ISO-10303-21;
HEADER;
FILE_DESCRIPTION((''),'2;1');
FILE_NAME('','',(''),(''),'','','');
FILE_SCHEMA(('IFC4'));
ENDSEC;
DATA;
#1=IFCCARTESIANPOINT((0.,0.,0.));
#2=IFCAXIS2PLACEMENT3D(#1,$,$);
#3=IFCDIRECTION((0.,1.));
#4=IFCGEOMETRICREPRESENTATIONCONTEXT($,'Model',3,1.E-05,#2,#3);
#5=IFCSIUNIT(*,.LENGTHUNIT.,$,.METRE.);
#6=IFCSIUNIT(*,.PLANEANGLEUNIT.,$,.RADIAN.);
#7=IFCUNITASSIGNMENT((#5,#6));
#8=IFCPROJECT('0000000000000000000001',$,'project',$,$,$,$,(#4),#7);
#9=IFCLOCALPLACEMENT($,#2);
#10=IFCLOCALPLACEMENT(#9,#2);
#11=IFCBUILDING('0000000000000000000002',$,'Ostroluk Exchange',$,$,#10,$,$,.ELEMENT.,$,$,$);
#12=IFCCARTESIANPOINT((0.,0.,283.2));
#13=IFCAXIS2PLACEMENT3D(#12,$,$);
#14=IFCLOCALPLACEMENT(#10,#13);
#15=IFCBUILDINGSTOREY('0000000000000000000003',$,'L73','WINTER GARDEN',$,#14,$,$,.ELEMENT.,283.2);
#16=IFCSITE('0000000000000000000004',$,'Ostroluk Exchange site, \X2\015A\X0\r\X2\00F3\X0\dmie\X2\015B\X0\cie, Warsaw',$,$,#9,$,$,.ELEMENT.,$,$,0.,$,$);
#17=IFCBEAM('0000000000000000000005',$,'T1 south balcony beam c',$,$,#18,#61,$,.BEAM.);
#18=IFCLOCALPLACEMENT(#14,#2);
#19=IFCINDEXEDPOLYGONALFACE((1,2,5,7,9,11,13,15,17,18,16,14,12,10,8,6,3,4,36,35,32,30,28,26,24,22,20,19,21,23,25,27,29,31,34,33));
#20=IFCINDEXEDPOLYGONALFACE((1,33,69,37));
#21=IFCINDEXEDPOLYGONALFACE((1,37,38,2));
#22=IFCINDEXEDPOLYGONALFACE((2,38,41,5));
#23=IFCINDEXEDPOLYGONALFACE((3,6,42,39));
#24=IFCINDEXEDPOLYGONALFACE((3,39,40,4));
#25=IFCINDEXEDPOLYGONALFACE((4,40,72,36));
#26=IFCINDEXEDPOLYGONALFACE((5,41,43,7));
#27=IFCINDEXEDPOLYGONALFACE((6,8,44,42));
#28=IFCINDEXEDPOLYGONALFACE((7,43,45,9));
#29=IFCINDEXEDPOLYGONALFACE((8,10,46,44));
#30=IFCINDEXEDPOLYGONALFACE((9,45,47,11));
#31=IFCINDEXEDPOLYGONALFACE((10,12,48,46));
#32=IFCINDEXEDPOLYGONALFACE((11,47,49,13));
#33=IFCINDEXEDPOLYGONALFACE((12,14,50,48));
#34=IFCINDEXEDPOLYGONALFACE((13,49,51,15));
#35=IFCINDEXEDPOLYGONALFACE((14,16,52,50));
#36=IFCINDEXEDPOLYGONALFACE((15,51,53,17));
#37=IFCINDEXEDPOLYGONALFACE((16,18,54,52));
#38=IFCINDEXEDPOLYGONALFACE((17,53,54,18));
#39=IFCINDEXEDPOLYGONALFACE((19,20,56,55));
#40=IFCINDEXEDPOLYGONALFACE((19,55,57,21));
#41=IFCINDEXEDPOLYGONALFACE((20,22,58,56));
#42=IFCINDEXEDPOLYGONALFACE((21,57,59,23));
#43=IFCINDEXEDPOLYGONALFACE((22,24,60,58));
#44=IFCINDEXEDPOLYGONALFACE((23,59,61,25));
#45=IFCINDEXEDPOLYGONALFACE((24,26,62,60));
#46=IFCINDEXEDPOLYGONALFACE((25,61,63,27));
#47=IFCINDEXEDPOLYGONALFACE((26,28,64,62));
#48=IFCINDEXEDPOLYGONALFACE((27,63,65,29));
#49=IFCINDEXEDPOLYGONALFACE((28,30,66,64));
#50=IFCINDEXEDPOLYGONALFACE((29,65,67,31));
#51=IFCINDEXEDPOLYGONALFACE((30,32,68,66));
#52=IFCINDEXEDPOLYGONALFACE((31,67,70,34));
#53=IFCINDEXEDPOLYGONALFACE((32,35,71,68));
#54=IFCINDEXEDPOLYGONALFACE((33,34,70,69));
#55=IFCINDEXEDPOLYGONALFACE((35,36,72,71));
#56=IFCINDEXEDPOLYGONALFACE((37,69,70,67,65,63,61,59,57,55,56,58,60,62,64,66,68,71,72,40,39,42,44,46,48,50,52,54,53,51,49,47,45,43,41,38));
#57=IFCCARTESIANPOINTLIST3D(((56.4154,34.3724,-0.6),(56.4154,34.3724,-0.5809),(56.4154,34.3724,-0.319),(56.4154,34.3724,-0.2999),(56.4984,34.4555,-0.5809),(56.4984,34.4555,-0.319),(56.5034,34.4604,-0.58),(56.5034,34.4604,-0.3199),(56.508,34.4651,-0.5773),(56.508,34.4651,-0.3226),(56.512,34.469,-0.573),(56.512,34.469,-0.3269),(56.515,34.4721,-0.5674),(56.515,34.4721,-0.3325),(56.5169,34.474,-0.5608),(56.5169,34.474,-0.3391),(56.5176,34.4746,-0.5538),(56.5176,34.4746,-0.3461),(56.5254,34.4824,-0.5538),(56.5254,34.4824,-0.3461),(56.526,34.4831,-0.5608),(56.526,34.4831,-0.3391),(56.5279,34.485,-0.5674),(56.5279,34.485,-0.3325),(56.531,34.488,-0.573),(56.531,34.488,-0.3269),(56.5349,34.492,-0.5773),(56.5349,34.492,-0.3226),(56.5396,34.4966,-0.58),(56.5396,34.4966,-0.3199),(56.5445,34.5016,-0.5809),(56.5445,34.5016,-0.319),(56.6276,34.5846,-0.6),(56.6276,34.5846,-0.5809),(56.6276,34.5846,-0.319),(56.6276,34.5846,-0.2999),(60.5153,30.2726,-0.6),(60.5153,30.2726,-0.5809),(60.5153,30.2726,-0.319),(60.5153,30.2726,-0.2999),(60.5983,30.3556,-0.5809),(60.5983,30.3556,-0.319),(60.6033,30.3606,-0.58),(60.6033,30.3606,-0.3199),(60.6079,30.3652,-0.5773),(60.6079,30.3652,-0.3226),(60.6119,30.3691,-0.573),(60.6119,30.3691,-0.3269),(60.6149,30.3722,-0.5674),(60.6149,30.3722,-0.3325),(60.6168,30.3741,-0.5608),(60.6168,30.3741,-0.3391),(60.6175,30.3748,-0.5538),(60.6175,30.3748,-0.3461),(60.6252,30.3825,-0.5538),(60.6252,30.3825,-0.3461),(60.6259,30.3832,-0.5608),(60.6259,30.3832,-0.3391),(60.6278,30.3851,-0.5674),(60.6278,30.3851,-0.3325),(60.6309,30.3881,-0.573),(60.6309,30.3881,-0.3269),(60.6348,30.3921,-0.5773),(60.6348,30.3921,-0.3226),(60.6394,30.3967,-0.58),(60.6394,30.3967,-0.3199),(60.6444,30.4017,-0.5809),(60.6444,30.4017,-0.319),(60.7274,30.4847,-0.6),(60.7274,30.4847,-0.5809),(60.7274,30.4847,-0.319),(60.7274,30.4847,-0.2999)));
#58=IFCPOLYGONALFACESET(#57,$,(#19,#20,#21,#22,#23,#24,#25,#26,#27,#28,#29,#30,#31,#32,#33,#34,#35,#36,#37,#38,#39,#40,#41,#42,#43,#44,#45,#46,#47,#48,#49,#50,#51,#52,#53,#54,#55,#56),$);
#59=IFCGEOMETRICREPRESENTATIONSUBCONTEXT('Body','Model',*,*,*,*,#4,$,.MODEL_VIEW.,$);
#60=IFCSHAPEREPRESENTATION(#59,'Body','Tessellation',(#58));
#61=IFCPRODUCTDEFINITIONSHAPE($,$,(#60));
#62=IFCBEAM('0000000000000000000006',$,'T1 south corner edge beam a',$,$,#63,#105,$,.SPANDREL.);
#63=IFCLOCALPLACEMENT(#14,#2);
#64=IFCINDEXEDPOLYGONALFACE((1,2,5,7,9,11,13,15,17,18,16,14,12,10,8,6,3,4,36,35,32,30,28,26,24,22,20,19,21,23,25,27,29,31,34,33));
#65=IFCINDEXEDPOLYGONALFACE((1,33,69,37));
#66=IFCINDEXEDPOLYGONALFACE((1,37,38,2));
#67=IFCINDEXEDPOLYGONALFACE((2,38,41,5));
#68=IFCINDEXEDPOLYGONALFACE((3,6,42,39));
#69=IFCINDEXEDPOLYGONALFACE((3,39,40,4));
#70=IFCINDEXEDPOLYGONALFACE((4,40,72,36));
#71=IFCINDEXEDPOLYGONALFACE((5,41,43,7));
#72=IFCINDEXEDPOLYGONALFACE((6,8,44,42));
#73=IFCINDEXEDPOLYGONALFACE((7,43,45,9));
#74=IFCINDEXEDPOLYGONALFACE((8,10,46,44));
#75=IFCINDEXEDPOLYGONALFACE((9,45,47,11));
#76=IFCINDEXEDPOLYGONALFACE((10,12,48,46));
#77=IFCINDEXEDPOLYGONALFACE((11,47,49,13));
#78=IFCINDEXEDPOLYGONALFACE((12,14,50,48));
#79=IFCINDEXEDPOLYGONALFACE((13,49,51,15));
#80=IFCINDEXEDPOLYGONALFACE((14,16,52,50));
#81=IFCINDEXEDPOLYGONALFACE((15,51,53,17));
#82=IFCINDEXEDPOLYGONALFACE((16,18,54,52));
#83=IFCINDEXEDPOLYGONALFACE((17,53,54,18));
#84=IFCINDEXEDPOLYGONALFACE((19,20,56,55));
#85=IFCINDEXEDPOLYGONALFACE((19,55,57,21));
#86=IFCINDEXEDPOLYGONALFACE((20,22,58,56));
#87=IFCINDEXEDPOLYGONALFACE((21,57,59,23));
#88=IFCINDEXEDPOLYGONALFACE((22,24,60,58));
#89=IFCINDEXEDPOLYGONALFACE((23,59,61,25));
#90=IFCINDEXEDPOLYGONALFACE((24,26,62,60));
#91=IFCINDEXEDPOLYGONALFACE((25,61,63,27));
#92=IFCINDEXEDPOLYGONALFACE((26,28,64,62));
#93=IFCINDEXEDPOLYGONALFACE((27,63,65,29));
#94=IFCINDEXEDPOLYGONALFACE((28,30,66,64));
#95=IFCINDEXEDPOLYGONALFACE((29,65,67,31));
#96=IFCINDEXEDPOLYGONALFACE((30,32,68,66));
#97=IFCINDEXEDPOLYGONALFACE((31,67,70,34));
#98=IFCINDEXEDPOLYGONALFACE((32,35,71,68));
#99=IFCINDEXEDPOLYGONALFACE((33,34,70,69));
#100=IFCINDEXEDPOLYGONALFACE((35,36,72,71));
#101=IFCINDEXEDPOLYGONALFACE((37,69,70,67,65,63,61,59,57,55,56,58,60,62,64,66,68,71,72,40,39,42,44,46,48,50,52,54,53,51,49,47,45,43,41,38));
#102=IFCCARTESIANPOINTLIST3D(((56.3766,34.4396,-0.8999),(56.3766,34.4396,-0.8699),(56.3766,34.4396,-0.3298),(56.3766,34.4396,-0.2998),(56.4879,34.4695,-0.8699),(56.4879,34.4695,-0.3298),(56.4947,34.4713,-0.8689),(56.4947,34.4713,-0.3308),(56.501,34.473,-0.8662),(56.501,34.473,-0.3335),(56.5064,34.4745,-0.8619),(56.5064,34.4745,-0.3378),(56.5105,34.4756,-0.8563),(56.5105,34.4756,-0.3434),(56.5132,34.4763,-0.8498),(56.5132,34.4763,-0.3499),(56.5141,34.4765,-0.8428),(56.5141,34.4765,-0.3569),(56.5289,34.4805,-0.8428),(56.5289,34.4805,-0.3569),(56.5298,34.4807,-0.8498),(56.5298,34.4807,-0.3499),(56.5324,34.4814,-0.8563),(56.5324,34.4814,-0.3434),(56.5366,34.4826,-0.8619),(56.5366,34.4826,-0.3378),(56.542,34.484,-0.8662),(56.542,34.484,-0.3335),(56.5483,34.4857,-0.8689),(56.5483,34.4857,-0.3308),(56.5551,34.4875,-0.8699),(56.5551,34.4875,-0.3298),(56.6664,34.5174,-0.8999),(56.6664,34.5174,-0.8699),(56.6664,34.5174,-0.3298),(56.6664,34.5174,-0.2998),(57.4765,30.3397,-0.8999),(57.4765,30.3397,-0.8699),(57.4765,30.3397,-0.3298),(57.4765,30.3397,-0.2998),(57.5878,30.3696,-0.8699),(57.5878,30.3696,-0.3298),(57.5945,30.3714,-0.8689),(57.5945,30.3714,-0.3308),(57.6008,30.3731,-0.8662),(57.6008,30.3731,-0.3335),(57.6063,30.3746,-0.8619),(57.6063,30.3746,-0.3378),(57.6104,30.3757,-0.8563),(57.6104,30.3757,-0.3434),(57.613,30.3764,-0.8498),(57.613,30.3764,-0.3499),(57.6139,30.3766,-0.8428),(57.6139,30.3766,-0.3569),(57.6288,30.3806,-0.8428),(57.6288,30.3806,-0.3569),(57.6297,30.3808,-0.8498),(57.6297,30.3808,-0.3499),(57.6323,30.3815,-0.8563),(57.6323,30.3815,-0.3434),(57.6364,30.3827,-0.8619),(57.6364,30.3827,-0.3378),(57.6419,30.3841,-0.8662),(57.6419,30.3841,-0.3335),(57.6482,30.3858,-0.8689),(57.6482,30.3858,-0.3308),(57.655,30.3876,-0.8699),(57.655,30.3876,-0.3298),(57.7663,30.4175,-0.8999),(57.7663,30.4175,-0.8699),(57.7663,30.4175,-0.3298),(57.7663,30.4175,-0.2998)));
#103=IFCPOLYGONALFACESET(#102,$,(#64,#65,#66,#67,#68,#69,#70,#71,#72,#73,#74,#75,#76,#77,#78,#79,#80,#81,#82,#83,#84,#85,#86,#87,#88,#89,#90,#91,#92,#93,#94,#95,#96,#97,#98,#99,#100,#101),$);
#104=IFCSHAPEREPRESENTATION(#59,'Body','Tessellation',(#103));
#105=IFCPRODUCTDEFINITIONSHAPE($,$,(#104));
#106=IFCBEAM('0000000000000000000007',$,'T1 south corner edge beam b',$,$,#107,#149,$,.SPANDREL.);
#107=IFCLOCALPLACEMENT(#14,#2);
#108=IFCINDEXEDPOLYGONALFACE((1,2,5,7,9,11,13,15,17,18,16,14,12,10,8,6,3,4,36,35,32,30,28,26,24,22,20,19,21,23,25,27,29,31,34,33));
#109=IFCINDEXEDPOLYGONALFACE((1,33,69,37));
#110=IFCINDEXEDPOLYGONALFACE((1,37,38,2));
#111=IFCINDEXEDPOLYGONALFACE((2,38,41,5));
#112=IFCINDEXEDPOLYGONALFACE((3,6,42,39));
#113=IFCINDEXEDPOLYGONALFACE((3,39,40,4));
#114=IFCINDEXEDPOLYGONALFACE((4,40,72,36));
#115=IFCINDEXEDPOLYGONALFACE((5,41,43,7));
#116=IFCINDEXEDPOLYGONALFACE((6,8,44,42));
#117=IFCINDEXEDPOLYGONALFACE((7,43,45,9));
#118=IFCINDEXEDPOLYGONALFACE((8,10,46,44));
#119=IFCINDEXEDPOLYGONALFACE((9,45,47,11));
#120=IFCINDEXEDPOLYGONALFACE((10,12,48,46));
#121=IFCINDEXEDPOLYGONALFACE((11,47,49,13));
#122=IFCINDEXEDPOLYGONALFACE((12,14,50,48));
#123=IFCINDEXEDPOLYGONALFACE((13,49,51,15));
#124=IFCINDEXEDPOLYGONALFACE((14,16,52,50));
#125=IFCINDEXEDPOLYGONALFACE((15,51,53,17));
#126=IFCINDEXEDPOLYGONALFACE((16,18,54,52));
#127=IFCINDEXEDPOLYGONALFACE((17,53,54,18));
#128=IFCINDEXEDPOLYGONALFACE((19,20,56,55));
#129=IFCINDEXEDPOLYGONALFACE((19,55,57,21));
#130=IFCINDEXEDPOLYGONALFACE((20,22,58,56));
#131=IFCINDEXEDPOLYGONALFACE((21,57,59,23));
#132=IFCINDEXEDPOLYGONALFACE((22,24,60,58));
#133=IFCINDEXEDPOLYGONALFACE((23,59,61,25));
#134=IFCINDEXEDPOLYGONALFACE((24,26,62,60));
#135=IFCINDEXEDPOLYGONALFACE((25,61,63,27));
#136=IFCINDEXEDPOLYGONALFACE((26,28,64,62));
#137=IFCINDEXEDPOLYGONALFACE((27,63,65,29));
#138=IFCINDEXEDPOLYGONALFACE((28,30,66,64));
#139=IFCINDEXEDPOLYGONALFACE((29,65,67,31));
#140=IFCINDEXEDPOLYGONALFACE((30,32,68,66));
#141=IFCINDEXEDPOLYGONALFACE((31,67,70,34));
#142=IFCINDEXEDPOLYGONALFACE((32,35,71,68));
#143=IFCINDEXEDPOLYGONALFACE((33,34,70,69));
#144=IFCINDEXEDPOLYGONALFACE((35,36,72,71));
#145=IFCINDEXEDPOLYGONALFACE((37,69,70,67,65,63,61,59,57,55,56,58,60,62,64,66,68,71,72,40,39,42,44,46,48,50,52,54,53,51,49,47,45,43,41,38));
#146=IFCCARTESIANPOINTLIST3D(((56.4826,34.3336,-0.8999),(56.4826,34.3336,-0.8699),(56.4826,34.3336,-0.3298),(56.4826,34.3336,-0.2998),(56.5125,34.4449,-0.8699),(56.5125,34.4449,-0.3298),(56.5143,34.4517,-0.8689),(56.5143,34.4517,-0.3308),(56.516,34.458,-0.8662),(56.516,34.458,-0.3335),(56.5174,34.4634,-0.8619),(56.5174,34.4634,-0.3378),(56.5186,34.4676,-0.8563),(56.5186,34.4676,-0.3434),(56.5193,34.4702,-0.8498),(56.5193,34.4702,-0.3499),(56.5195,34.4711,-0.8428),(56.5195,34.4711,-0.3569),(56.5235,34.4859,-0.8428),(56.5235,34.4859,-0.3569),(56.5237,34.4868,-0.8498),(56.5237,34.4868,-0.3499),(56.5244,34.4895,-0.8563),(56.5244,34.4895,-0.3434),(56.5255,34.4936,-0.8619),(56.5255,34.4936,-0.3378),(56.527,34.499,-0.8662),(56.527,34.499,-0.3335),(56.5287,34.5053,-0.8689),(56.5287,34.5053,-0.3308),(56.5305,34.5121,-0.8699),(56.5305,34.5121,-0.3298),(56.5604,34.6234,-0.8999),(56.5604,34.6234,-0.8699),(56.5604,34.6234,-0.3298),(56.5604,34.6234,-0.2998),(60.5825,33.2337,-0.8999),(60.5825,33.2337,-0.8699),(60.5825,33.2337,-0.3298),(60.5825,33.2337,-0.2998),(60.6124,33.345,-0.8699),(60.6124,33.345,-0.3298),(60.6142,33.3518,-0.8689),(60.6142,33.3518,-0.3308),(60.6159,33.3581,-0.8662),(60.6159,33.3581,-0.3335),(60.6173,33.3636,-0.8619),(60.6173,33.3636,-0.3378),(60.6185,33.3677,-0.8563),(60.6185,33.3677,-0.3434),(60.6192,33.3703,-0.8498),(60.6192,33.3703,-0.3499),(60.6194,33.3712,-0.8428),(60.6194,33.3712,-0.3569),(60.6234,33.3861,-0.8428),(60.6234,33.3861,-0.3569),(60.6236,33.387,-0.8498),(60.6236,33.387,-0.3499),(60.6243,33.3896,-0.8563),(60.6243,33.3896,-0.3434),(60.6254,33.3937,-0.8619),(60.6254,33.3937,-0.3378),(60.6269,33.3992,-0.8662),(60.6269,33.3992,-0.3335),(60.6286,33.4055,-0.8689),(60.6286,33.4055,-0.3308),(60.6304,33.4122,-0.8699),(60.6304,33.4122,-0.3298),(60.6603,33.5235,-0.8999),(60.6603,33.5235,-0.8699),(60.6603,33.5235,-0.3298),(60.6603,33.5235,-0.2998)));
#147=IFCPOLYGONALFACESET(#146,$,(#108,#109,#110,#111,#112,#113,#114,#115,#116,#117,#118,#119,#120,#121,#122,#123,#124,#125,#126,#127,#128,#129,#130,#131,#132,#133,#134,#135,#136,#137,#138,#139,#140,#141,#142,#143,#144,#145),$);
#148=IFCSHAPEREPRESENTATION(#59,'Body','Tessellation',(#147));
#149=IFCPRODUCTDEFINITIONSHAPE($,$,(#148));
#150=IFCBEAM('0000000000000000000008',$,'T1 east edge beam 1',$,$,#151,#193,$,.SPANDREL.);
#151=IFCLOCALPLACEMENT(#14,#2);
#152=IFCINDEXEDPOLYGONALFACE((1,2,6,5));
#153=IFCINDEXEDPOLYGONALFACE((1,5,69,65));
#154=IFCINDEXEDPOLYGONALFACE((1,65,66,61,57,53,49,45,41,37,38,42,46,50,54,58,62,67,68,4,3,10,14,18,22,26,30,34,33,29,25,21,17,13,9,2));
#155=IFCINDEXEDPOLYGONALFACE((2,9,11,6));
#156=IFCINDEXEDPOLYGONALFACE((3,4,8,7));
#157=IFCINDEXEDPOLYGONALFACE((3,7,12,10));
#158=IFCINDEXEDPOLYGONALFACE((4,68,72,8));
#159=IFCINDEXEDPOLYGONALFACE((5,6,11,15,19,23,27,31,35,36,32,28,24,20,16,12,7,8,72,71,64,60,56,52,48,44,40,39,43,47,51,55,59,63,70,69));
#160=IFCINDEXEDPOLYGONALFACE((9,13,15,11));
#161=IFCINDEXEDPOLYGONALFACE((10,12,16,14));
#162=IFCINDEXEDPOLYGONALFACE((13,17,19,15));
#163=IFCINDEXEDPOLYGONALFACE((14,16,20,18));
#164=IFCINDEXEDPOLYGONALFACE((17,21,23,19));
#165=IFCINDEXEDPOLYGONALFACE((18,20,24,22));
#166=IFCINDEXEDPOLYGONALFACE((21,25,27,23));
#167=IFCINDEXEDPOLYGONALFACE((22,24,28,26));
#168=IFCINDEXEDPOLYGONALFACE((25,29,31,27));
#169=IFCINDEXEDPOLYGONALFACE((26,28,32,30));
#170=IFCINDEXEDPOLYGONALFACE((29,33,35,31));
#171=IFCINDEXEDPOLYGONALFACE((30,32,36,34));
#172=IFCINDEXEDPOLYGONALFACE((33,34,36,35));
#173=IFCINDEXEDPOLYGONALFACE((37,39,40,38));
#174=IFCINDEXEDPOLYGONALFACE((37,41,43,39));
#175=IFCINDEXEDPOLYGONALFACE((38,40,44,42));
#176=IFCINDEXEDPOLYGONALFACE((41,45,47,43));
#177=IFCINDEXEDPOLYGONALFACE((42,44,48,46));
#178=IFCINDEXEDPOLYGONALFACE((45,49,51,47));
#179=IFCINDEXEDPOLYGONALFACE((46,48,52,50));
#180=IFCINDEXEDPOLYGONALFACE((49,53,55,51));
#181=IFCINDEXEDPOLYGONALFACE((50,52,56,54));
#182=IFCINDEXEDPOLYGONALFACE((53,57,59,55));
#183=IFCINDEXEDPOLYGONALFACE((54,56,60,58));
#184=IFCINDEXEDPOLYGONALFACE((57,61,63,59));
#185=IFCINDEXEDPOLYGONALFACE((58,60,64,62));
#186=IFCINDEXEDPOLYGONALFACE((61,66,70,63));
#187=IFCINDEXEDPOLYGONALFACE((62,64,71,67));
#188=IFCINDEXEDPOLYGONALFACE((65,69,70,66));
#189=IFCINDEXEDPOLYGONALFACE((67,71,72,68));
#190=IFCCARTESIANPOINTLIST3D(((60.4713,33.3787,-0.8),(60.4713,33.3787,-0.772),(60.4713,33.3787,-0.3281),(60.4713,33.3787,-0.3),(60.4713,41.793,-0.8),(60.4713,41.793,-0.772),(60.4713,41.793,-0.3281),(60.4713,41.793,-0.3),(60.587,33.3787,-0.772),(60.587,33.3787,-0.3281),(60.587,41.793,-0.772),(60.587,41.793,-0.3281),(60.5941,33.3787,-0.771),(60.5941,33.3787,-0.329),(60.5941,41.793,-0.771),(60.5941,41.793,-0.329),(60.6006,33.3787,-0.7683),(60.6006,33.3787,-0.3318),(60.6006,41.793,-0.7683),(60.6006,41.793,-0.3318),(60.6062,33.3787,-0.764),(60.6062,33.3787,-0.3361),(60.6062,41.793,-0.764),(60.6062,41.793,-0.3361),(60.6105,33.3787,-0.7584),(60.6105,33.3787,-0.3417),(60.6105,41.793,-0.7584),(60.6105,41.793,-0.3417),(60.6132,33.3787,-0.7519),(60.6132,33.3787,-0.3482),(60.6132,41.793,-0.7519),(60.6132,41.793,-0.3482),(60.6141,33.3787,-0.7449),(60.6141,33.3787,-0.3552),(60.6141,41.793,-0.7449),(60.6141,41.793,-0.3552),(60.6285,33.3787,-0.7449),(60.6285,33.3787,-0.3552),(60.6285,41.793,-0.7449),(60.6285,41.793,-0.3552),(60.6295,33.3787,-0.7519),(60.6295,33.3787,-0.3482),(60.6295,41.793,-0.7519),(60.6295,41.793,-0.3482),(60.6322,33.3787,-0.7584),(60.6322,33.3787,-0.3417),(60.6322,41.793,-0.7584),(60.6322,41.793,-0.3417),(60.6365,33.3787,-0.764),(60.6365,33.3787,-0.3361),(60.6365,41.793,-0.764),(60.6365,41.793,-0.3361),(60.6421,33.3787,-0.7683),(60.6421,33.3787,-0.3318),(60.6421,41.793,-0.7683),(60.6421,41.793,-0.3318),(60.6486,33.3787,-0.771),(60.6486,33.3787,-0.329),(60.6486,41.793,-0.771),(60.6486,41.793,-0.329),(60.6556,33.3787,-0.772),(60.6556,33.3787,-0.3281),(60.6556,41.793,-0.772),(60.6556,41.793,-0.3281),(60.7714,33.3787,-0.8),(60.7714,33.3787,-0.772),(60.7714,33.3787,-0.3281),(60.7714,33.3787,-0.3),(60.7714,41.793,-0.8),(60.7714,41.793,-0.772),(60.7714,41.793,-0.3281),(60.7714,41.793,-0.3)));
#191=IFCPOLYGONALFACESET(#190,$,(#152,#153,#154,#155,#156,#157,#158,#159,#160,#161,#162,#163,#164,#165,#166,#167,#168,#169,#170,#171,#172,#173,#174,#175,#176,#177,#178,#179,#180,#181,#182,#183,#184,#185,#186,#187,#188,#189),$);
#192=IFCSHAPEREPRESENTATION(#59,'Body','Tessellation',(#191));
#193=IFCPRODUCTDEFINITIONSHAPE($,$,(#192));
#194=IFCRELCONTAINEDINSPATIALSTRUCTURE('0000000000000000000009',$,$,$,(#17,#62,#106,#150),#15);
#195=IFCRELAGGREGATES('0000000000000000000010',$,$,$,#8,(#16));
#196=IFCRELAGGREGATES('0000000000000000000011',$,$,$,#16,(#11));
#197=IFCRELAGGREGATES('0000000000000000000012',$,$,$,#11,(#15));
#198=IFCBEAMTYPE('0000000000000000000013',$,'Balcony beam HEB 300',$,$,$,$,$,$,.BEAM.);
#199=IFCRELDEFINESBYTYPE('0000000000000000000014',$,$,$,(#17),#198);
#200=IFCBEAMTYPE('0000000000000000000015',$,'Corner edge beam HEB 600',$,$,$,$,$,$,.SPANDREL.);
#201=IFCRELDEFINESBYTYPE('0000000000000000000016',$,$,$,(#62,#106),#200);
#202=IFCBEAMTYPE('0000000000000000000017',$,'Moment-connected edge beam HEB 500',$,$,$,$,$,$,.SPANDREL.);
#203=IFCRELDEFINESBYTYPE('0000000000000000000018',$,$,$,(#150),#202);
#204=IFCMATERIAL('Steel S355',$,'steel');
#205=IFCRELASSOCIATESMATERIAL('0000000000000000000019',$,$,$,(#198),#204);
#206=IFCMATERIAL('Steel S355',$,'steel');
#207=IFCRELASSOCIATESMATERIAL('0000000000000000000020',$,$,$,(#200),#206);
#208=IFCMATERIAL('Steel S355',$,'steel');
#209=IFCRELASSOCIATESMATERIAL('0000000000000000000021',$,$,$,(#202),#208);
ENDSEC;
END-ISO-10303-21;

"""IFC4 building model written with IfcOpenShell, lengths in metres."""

from ifc_helpers import new_model, si_unit, direction, frame, origin, origin_2d, place, context, subcontext, project, spatial, i_section, extrude, material, material_profile, profile_set, type_object, element, save


model = new_model("IFC4")

# Units and contexts
model_context = context("Model", 3, precision=1e-05, world=origin(), true_north=direction((0.0, 1.0)))
body_context = subcontext(model_context, "Body", "Model", "MODEL_VIEW")
ifc_project = project(units=[si_unit("LENGTHUNIT", "METRE"), si_unit("PLANEANGLEUNIT", "RADIAN")], contexts=[model_context])

# Site, building, storey
site_placement = place(None, origin())
site = spatial("IfcSite", under=ifc_project, at=site_placement, Name="Ostroluk Exchange site, Śródmieście, Warsaw", CompositionType="ELEMENT", RefElevation=0.0)
building_placement = place(site_placement, origin())
building = spatial("IfcBuilding", under=site, at=building_placement, Name="Ostroluk Exchange", CompositionType="ELEMENT")
storey_placement = place(building_placement, frame((0.0, 0.0, 283.2)))
storey = spatial("IfcBuildingStorey", under=building, at=storey_placement, Name="L73", Description="WINTER GARDEN", CompositionType="ELEMENT", Elevation=283.2)

# Beams
ifc_material_1 = material(Name="Steel S355", Category="steel")
ifc_material_profile_1 = material_profile(ifc_material_1, i_section(OverallWidth=0.3, OverallDepth=0.3, WebThickness=0.011, FlangeThickness=0.019, FilletRadius=0.0271, at=origin_2d()), Name="HEB 300")
ifc_profile_set_1 = profile_set([ifc_material_profile_1], Name="Steel S355")
beam_type_1 = type_object("IfcBeamType", Name="Balcony beam HEB 300", PredefinedType="BEAM", material=ifc_profile_set_1)
beam_1_placement = place(storey_placement, frame((56.5215, 34.4785, -0.45), z_axis=(0.707107, -0.707107, 0.0), x_axis=(0.707107, 0.707107, 0.0)))
element("IfcBeam", 1, at=beam_1_placement, inside=storey, type_object=beam_type_1, Name="T1 south balcony beam c", PredefinedType="BEAM", context=body_context, shape_type="SweptSolid", body=[
    extrude(i_section(OverallWidth=0.3, OverallDepth=0.3, WebThickness=0.011, FlangeThickness=0.019, FilletRadius=0.0271, at=origin_2d()), origin(), (0.0, 0.0, 1.0), 5.7981),
])
ifc_material_2 = material(Name="Steel S355", Category="steel")
ifc_material_profile_2 = material_profile(ifc_material_2, i_section(OverallWidth=0.3, OverallDepth=0.6001, WebThickness=0.0154, FlangeThickness=0.03, FilletRadius=0.0271, at=origin_2d()), Name="HEB 600")
ifc_profile_set_2 = profile_set([ifc_material_profile_2], Name="Steel S355")
beam_type_2 = type_object("IfcBeamType", Name="Corner edge beam HEB 600", PredefinedType="SPANDREL", material=ifc_profile_set_2)
for number, where, z_axis, x_axis, name in (
    (2, (56.5215, 34.4785, -0.5999), (0.259105, -0.965849, 0.0), (0.965849, 0.259105, 0.0), "T1 south corner edge beam a"),
    (3, (56.5215, 34.4785, -0.5999), (0.965849, -0.259105, 0.0), (0.259105, 0.965849, 0.0), "T1 south corner edge beam b"),
):
    element("IfcBeam", number, at=place(storey_placement, frame(where, z_axis=z_axis, x_axis=x_axis)), inside=storey, type_object=beam_type_2, Name=name, PredefinedType="SPANDREL", context=body_context, shape_type="SweptSolid", body=[
        extrude(i_section(OverallWidth=0.3, OverallDepth=0.6001, WebThickness=0.0154, FlangeThickness=0.03, FilletRadius=0.0271, at=origin_2d()), origin(), (0.0, 0.0, 1.0), 4.2449),
    ])
ifc_material_3 = material(Name="Steel S355", Category="steel")
ifc_material_profile_3 = material_profile(ifc_material_3, i_section(OverallWidth=0.3, OverallDepth=0.5, WebThickness=0.0144, FlangeThickness=0.0281, FilletRadius=0.0271, at=origin_2d()), Name="HEB 500")
ifc_profile_set_3 = profile_set([ifc_material_profile_3], Name="Steel S355")
beam_type_3 = type_object("IfcBeamType", Name="Moment-connected edge beam HEB 500", PredefinedType="SPANDREL", material=ifc_profile_set_3)
beam_2_placement = place(storey_placement, frame((60.6213, 33.3787, -0.55), z_axis=(0.0, 1.0, 0.0), x_axis=(-1.0, 0.0, 0.0)))
element("IfcBeam", 4, at=beam_2_placement, inside=storey, type_object=beam_type_3, Name="T1 east edge beam 1", PredefinedType="SPANDREL", context=body_context, shape_type="SweptSolid", body=[
    extrude(i_section(OverallWidth=0.3, OverallDepth=0.5, WebThickness=0.0144, FlangeThickness=0.0281, FilletRadius=0.0271, at=origin_2d()), origin(), (0.0, 0.0, 1.0), 8.4143),
])

save(model, "model.ifc")
